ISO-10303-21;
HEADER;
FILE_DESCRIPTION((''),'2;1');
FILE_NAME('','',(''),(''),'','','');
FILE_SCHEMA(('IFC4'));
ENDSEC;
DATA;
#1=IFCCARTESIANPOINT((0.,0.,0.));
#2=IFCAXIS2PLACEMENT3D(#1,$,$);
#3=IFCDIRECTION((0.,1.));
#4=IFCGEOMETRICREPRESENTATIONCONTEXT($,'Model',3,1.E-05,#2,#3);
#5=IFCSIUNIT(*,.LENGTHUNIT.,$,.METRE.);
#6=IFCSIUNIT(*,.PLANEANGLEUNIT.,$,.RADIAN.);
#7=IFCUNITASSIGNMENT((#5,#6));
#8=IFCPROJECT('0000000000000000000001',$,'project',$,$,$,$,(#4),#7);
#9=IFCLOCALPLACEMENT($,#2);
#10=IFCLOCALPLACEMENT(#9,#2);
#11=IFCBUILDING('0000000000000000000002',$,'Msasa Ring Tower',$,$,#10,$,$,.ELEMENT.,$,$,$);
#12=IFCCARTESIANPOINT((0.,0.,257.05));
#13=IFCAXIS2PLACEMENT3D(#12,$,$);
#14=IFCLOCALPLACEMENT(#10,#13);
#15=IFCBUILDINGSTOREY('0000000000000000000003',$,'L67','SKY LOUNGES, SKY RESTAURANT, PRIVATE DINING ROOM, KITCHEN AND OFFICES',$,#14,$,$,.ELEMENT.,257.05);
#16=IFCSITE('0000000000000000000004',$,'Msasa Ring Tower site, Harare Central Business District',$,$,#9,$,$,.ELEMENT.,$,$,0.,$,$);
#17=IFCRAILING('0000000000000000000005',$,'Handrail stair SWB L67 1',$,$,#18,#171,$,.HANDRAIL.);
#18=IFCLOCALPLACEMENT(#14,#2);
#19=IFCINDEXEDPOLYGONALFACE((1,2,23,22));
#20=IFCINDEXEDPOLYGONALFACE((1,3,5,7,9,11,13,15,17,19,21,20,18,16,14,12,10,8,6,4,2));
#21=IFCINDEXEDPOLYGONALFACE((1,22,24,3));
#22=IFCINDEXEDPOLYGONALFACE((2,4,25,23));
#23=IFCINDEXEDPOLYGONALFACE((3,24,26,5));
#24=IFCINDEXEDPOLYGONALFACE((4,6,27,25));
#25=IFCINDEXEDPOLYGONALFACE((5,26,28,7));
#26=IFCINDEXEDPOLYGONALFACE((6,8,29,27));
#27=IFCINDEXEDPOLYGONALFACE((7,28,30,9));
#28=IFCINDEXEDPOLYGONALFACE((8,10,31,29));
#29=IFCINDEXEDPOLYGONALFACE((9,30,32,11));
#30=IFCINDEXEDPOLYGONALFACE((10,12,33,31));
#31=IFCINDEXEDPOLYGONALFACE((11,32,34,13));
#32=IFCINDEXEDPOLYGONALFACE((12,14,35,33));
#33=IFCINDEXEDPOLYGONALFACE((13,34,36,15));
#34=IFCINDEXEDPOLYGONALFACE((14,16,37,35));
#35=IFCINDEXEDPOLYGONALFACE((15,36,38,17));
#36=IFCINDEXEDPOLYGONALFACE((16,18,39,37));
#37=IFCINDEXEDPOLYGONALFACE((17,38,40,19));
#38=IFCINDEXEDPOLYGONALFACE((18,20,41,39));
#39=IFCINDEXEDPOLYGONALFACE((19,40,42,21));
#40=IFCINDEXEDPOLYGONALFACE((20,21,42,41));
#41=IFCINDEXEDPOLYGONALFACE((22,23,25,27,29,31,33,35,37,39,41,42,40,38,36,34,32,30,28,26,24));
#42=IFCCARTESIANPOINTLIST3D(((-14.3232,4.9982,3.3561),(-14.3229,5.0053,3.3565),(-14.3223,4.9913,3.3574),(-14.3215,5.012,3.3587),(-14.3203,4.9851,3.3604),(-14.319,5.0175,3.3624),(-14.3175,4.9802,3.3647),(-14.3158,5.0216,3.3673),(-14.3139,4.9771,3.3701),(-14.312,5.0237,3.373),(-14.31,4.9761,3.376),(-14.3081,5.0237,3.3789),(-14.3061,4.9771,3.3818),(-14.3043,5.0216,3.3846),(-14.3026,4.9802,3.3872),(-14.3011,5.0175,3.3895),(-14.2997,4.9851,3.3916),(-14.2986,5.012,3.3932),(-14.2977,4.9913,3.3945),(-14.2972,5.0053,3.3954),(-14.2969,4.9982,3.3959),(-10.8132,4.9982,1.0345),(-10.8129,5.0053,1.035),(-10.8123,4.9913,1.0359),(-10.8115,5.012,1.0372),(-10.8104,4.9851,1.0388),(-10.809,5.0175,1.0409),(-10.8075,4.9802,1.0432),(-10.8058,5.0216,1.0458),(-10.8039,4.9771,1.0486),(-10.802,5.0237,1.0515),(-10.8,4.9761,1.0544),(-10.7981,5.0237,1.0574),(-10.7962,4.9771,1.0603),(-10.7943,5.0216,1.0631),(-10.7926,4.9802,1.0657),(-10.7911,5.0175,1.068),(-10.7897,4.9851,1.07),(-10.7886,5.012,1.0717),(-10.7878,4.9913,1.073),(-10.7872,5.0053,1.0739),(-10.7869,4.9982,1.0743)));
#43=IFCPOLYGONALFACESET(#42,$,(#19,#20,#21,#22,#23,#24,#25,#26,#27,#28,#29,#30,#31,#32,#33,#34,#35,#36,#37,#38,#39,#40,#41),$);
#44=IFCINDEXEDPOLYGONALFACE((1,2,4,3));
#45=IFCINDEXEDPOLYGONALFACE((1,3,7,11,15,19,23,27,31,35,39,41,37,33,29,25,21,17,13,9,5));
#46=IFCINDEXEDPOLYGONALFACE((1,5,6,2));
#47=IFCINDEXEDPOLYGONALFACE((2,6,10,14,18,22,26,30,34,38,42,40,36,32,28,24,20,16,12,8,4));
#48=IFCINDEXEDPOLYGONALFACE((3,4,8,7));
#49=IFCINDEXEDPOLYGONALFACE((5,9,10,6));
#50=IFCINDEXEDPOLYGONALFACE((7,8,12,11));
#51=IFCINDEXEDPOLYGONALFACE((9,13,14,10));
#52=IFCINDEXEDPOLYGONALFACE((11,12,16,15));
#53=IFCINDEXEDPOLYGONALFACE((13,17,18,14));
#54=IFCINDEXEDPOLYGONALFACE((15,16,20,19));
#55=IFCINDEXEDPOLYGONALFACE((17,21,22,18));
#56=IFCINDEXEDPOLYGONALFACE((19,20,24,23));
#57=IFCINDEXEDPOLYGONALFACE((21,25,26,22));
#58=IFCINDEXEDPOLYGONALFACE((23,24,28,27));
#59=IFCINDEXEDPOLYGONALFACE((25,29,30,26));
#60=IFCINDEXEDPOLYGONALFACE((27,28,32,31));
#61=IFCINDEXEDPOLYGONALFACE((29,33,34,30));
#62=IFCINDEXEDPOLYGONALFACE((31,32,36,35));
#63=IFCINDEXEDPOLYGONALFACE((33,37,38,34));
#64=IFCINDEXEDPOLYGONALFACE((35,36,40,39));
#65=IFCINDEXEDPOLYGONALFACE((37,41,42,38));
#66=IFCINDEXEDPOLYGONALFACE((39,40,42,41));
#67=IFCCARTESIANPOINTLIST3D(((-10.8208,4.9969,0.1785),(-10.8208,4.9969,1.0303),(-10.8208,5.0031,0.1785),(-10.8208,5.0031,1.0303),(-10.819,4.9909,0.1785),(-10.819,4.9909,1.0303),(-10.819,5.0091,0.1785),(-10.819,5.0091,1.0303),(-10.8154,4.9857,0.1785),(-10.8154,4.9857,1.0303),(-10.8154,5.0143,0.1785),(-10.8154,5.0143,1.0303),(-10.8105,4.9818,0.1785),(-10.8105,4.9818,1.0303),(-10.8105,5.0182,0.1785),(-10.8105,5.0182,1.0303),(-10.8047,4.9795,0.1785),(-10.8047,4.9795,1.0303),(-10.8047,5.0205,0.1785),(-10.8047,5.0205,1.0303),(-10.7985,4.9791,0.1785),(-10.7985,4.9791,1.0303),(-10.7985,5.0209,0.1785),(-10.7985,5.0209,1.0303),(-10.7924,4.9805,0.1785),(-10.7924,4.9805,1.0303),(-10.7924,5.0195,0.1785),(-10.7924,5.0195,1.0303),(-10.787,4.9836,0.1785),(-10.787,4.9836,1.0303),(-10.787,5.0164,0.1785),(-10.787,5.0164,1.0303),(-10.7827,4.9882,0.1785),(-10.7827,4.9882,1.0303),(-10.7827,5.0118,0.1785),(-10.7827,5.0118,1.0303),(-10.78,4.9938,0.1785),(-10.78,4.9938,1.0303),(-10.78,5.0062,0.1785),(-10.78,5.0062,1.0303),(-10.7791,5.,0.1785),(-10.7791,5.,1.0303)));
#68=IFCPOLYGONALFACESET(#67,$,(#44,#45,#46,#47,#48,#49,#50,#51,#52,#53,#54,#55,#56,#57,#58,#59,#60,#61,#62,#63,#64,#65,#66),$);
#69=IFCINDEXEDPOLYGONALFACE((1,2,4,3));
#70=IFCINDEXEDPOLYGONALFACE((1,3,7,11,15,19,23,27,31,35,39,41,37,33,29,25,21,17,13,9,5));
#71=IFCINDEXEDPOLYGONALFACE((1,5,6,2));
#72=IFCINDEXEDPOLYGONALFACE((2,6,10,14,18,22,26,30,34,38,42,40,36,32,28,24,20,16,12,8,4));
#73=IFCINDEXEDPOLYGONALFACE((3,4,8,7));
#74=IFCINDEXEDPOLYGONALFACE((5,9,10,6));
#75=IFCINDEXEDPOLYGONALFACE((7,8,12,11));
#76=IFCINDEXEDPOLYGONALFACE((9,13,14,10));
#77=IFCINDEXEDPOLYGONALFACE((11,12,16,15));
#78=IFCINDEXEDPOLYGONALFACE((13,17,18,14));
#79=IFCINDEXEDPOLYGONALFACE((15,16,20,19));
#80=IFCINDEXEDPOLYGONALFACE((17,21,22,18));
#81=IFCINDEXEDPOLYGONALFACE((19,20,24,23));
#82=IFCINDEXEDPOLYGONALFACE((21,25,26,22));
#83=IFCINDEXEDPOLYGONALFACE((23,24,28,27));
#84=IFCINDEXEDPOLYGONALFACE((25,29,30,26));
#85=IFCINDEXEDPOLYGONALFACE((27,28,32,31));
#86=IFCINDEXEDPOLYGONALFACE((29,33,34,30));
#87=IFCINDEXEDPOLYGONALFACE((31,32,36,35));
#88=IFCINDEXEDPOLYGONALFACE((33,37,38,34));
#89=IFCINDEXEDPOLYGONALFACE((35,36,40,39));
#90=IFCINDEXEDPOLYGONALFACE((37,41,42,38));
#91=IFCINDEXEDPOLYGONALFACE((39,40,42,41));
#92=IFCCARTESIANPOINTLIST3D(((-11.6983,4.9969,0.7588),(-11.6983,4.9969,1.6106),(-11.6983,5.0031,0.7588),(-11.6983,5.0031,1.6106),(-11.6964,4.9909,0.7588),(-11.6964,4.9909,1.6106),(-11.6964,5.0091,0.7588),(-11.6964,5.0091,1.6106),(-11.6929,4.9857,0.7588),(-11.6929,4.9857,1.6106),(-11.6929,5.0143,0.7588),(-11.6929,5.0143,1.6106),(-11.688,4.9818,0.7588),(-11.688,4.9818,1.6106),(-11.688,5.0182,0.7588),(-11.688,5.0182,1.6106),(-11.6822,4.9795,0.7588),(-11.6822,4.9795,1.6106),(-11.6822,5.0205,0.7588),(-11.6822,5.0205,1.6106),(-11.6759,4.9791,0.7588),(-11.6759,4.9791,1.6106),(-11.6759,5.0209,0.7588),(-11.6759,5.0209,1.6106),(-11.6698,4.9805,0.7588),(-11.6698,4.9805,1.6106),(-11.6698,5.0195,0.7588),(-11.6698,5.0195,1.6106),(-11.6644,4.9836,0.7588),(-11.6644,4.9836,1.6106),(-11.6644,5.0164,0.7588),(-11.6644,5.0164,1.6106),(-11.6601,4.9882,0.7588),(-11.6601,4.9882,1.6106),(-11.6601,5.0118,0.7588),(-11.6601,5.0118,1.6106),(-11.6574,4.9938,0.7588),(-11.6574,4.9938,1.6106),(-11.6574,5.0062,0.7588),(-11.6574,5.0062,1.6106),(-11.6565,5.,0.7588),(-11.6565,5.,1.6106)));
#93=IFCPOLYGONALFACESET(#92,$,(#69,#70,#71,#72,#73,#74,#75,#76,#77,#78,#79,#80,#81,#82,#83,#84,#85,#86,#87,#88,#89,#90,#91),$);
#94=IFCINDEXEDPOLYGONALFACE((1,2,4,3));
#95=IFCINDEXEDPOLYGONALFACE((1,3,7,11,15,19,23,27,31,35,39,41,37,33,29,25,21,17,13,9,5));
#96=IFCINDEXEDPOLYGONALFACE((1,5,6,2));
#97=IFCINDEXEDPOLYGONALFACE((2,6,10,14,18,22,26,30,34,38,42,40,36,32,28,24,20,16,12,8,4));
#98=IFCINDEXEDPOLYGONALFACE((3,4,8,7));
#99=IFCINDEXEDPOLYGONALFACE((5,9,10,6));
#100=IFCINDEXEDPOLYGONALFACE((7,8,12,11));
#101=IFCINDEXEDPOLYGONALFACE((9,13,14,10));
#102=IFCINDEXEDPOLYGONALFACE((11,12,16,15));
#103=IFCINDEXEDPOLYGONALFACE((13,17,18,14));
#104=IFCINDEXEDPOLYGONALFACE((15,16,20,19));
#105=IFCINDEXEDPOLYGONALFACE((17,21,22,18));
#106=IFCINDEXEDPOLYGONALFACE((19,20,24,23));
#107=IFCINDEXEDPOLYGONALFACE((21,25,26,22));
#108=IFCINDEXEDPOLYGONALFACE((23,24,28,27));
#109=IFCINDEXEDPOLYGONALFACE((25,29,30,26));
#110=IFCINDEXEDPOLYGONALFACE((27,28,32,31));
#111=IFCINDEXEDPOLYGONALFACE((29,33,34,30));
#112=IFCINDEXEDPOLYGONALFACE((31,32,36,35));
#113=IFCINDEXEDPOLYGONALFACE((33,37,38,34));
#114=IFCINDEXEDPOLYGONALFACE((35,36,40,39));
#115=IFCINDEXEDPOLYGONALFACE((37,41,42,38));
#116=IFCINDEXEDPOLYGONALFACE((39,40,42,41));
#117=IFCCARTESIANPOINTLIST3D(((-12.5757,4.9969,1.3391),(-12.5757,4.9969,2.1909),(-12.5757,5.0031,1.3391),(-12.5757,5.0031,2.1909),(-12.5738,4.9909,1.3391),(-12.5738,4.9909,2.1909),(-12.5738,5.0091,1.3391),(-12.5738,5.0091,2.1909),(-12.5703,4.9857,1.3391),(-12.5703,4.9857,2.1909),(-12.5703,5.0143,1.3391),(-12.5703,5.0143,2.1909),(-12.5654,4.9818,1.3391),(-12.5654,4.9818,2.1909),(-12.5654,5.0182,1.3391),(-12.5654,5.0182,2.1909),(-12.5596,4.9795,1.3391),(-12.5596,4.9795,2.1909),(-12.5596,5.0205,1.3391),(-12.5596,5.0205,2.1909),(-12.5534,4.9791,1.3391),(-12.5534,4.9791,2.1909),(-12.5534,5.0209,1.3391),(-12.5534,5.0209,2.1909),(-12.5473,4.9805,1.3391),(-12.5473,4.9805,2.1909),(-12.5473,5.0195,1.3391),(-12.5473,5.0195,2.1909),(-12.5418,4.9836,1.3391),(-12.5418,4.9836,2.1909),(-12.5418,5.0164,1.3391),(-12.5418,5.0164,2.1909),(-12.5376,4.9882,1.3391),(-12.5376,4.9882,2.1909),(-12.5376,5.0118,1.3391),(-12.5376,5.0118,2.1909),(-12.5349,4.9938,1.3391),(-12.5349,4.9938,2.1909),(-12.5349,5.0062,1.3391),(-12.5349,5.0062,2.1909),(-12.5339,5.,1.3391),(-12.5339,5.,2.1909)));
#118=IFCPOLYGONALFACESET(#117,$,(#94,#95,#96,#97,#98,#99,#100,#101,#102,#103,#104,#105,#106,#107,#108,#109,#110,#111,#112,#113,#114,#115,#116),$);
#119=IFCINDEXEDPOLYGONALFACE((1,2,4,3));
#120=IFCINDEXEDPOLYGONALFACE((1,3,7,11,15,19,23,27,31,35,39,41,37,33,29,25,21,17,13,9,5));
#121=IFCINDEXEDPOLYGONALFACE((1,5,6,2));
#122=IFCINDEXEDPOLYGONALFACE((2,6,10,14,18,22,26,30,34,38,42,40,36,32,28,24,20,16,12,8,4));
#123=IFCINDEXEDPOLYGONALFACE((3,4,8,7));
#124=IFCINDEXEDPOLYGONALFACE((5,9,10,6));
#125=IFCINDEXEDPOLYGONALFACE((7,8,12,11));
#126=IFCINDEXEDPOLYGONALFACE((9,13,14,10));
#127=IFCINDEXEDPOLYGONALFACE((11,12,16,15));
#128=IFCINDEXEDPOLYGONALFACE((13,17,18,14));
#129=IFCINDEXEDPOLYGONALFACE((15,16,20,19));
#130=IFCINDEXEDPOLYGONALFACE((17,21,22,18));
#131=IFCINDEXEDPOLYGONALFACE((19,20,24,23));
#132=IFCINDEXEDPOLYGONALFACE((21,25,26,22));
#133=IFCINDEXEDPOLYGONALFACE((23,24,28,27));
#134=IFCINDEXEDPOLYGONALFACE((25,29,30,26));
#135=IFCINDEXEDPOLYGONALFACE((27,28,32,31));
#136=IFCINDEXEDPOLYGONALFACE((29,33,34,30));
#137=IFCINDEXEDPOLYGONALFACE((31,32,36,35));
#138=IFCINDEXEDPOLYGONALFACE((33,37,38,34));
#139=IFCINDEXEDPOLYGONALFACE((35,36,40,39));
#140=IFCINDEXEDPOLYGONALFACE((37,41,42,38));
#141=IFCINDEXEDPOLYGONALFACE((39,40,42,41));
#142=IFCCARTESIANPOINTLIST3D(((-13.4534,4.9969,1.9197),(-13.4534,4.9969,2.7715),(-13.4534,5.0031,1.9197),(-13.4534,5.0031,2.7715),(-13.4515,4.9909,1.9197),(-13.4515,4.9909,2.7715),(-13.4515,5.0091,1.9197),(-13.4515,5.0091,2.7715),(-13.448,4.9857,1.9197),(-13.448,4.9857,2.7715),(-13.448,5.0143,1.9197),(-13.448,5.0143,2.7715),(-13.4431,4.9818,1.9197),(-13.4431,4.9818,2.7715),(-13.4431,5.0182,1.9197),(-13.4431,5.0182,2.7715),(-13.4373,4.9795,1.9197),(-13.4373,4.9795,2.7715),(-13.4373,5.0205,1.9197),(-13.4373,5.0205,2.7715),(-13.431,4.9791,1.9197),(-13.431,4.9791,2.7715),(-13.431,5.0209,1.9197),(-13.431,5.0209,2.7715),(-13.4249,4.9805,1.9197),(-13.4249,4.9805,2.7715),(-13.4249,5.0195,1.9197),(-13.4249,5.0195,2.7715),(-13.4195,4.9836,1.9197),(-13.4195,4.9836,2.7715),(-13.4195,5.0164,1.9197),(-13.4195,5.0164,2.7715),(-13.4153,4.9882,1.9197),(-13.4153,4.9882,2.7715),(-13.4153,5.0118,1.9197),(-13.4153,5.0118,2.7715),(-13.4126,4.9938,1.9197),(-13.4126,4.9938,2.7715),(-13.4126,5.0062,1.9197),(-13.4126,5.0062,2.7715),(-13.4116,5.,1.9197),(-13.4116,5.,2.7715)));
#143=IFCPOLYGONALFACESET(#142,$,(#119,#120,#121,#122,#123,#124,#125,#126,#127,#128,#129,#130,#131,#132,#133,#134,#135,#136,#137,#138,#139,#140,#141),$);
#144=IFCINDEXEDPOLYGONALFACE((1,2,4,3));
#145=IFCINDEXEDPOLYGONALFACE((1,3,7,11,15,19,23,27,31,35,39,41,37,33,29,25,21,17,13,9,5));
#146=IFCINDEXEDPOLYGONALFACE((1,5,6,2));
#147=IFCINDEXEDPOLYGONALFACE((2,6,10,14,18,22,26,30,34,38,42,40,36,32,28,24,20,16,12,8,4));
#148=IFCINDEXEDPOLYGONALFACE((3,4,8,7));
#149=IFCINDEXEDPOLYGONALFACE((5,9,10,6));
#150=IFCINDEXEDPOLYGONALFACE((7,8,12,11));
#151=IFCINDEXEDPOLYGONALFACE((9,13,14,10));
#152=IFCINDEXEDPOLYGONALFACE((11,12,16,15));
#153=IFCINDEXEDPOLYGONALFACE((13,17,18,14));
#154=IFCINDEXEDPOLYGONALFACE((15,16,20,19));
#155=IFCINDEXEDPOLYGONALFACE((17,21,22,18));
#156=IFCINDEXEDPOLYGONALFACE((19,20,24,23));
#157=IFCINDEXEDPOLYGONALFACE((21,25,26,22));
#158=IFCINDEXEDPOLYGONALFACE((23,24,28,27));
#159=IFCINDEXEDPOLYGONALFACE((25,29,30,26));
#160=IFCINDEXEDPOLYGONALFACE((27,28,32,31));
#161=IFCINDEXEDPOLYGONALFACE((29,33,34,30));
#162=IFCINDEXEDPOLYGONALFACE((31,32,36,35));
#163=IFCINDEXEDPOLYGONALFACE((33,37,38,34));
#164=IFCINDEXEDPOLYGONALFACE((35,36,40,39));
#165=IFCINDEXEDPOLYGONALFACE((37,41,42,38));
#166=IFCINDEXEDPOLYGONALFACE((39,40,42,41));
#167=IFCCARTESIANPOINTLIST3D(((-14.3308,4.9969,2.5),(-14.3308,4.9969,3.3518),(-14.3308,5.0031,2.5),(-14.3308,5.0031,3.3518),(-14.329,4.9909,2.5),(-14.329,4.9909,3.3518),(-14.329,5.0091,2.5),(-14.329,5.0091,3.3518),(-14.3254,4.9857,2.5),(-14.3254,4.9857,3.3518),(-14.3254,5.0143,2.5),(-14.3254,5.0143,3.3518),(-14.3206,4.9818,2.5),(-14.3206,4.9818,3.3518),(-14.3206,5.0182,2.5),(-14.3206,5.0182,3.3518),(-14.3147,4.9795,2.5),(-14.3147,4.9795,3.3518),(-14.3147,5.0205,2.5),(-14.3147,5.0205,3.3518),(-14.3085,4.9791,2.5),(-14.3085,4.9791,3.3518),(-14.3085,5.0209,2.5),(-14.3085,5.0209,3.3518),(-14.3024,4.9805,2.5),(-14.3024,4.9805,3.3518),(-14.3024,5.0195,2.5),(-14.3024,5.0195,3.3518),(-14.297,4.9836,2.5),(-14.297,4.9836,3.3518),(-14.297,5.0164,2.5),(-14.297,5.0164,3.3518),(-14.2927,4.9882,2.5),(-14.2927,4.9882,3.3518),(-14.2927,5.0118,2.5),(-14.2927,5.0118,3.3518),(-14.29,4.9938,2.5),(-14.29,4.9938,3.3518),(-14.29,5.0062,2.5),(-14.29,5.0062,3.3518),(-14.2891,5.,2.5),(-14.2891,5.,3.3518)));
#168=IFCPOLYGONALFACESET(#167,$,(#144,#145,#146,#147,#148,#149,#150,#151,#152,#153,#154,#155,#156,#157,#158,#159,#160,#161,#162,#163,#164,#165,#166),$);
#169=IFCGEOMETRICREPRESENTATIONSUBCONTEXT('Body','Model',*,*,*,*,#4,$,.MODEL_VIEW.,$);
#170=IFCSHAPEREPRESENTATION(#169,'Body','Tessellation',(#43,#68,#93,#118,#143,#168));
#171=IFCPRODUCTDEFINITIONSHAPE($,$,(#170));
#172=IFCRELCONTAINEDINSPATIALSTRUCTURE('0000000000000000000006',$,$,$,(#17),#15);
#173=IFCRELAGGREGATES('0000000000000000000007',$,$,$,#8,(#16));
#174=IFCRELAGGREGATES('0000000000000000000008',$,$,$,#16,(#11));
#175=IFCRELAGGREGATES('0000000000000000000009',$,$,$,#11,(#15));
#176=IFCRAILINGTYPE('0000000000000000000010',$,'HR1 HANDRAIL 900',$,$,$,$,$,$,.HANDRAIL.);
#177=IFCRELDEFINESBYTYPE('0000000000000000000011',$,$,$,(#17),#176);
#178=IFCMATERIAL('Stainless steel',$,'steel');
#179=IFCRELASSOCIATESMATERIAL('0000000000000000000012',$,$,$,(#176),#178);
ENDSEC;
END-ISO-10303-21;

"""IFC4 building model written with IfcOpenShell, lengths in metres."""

from ifc_helpers import new_model, si_unit, direction, frame, origin, origin_2d, place, context, subcontext, project, spatial, circle, extrude, material, type_object, element, save


model = new_model("IFC4")

# Units and contexts
model_context = context("Model", 3, precision=1e-05, world=origin(), true_north=direction((0.0, 1.0)))
body_context = subcontext(model_context, "Body", "Model", "MODEL_VIEW")
ifc_project = project(units=[si_unit("LENGTHUNIT", "METRE"), si_unit("PLANEANGLEUNIT", "RADIAN")], contexts=[model_context])

# Site, building, storey
site_placement = place(None, origin())
site = spatial("IfcSite", under=ifc_project, at=site_placement, Name="Msasa Ring Tower site, Harare Central Business District", CompositionType="ELEMENT", RefElevation=0.0)
building_placement = place(site_placement, origin())
building = spatial("IfcBuilding", under=site, at=building_placement, Name="Msasa Ring Tower", CompositionType="ELEMENT")
storey_placement = place(building_placement, frame((0.0, 0.0, 257.05)))
storey = spatial("IfcBuildingStorey", under=building, at=storey_placement, Name="L67", Description="SKY LOUNGES, SKY RESTAURANT, PRIVATE DINING ROOM, KITCHEN AND OFFICES", CompositionType="ELEMENT", Elevation=257.05)

# Railing
ifc_material_1 = material(Name="Stainless steel", Category="steel")
railing_type = type_object("IfcRailingType", Name="HR1 HANDRAIL 900", PredefinedType="HANDRAIL", material=ifc_material_1)
for number, where, name in (
    (1, (-10.8, 5.0, 0.1785), "Handrail stair SWB L67 1"),
):
    element("IfcRailing", number, at=place(storey_placement, frame(where)), inside=storey, type_object=railing_type, Name=name, PredefinedType="HANDRAIL", context=body_context, shape_type="SweptSolid", body=[
        extrude(circle(Radius=0.0239, at=origin_2d()), frame((0.0, 0.0, 0.876), z_axis=(-0.834071, 0.0, 0.551657), x_axis=(0.0, -1.0, 0.0)), (0.0, 0.0, 1.0), 4.2083),
        extrude(circle(Radius=0.021, at=origin_2d()), origin(), (0.0, 0.0, 1.0), 0.8518),
        extrude(circle(Radius=0.021, at=origin_2d()), frame((-0.8774, 0.0, 0.5803)), (0.0, 0.0, 1.0), 0.8518),
        extrude(circle(Radius=0.021, at=origin_2d()), frame((-1.7549, 0.0, 1.1606)), (0.0, 0.0, 1.0), 0.8518),
        extrude(circle(Radius=0.021, at=origin_2d()), frame((-2.6326, 0.0, 1.7412)), (0.0, 0.0, 1.0), 0.8518),
        extrude(circle(Radius=0.021, at=origin_2d()), frame((-3.51, 0.0, 2.3215)), (0.0, 0.0, 1.0), 0.8518),
    ])

save(model, "model.ifc")
